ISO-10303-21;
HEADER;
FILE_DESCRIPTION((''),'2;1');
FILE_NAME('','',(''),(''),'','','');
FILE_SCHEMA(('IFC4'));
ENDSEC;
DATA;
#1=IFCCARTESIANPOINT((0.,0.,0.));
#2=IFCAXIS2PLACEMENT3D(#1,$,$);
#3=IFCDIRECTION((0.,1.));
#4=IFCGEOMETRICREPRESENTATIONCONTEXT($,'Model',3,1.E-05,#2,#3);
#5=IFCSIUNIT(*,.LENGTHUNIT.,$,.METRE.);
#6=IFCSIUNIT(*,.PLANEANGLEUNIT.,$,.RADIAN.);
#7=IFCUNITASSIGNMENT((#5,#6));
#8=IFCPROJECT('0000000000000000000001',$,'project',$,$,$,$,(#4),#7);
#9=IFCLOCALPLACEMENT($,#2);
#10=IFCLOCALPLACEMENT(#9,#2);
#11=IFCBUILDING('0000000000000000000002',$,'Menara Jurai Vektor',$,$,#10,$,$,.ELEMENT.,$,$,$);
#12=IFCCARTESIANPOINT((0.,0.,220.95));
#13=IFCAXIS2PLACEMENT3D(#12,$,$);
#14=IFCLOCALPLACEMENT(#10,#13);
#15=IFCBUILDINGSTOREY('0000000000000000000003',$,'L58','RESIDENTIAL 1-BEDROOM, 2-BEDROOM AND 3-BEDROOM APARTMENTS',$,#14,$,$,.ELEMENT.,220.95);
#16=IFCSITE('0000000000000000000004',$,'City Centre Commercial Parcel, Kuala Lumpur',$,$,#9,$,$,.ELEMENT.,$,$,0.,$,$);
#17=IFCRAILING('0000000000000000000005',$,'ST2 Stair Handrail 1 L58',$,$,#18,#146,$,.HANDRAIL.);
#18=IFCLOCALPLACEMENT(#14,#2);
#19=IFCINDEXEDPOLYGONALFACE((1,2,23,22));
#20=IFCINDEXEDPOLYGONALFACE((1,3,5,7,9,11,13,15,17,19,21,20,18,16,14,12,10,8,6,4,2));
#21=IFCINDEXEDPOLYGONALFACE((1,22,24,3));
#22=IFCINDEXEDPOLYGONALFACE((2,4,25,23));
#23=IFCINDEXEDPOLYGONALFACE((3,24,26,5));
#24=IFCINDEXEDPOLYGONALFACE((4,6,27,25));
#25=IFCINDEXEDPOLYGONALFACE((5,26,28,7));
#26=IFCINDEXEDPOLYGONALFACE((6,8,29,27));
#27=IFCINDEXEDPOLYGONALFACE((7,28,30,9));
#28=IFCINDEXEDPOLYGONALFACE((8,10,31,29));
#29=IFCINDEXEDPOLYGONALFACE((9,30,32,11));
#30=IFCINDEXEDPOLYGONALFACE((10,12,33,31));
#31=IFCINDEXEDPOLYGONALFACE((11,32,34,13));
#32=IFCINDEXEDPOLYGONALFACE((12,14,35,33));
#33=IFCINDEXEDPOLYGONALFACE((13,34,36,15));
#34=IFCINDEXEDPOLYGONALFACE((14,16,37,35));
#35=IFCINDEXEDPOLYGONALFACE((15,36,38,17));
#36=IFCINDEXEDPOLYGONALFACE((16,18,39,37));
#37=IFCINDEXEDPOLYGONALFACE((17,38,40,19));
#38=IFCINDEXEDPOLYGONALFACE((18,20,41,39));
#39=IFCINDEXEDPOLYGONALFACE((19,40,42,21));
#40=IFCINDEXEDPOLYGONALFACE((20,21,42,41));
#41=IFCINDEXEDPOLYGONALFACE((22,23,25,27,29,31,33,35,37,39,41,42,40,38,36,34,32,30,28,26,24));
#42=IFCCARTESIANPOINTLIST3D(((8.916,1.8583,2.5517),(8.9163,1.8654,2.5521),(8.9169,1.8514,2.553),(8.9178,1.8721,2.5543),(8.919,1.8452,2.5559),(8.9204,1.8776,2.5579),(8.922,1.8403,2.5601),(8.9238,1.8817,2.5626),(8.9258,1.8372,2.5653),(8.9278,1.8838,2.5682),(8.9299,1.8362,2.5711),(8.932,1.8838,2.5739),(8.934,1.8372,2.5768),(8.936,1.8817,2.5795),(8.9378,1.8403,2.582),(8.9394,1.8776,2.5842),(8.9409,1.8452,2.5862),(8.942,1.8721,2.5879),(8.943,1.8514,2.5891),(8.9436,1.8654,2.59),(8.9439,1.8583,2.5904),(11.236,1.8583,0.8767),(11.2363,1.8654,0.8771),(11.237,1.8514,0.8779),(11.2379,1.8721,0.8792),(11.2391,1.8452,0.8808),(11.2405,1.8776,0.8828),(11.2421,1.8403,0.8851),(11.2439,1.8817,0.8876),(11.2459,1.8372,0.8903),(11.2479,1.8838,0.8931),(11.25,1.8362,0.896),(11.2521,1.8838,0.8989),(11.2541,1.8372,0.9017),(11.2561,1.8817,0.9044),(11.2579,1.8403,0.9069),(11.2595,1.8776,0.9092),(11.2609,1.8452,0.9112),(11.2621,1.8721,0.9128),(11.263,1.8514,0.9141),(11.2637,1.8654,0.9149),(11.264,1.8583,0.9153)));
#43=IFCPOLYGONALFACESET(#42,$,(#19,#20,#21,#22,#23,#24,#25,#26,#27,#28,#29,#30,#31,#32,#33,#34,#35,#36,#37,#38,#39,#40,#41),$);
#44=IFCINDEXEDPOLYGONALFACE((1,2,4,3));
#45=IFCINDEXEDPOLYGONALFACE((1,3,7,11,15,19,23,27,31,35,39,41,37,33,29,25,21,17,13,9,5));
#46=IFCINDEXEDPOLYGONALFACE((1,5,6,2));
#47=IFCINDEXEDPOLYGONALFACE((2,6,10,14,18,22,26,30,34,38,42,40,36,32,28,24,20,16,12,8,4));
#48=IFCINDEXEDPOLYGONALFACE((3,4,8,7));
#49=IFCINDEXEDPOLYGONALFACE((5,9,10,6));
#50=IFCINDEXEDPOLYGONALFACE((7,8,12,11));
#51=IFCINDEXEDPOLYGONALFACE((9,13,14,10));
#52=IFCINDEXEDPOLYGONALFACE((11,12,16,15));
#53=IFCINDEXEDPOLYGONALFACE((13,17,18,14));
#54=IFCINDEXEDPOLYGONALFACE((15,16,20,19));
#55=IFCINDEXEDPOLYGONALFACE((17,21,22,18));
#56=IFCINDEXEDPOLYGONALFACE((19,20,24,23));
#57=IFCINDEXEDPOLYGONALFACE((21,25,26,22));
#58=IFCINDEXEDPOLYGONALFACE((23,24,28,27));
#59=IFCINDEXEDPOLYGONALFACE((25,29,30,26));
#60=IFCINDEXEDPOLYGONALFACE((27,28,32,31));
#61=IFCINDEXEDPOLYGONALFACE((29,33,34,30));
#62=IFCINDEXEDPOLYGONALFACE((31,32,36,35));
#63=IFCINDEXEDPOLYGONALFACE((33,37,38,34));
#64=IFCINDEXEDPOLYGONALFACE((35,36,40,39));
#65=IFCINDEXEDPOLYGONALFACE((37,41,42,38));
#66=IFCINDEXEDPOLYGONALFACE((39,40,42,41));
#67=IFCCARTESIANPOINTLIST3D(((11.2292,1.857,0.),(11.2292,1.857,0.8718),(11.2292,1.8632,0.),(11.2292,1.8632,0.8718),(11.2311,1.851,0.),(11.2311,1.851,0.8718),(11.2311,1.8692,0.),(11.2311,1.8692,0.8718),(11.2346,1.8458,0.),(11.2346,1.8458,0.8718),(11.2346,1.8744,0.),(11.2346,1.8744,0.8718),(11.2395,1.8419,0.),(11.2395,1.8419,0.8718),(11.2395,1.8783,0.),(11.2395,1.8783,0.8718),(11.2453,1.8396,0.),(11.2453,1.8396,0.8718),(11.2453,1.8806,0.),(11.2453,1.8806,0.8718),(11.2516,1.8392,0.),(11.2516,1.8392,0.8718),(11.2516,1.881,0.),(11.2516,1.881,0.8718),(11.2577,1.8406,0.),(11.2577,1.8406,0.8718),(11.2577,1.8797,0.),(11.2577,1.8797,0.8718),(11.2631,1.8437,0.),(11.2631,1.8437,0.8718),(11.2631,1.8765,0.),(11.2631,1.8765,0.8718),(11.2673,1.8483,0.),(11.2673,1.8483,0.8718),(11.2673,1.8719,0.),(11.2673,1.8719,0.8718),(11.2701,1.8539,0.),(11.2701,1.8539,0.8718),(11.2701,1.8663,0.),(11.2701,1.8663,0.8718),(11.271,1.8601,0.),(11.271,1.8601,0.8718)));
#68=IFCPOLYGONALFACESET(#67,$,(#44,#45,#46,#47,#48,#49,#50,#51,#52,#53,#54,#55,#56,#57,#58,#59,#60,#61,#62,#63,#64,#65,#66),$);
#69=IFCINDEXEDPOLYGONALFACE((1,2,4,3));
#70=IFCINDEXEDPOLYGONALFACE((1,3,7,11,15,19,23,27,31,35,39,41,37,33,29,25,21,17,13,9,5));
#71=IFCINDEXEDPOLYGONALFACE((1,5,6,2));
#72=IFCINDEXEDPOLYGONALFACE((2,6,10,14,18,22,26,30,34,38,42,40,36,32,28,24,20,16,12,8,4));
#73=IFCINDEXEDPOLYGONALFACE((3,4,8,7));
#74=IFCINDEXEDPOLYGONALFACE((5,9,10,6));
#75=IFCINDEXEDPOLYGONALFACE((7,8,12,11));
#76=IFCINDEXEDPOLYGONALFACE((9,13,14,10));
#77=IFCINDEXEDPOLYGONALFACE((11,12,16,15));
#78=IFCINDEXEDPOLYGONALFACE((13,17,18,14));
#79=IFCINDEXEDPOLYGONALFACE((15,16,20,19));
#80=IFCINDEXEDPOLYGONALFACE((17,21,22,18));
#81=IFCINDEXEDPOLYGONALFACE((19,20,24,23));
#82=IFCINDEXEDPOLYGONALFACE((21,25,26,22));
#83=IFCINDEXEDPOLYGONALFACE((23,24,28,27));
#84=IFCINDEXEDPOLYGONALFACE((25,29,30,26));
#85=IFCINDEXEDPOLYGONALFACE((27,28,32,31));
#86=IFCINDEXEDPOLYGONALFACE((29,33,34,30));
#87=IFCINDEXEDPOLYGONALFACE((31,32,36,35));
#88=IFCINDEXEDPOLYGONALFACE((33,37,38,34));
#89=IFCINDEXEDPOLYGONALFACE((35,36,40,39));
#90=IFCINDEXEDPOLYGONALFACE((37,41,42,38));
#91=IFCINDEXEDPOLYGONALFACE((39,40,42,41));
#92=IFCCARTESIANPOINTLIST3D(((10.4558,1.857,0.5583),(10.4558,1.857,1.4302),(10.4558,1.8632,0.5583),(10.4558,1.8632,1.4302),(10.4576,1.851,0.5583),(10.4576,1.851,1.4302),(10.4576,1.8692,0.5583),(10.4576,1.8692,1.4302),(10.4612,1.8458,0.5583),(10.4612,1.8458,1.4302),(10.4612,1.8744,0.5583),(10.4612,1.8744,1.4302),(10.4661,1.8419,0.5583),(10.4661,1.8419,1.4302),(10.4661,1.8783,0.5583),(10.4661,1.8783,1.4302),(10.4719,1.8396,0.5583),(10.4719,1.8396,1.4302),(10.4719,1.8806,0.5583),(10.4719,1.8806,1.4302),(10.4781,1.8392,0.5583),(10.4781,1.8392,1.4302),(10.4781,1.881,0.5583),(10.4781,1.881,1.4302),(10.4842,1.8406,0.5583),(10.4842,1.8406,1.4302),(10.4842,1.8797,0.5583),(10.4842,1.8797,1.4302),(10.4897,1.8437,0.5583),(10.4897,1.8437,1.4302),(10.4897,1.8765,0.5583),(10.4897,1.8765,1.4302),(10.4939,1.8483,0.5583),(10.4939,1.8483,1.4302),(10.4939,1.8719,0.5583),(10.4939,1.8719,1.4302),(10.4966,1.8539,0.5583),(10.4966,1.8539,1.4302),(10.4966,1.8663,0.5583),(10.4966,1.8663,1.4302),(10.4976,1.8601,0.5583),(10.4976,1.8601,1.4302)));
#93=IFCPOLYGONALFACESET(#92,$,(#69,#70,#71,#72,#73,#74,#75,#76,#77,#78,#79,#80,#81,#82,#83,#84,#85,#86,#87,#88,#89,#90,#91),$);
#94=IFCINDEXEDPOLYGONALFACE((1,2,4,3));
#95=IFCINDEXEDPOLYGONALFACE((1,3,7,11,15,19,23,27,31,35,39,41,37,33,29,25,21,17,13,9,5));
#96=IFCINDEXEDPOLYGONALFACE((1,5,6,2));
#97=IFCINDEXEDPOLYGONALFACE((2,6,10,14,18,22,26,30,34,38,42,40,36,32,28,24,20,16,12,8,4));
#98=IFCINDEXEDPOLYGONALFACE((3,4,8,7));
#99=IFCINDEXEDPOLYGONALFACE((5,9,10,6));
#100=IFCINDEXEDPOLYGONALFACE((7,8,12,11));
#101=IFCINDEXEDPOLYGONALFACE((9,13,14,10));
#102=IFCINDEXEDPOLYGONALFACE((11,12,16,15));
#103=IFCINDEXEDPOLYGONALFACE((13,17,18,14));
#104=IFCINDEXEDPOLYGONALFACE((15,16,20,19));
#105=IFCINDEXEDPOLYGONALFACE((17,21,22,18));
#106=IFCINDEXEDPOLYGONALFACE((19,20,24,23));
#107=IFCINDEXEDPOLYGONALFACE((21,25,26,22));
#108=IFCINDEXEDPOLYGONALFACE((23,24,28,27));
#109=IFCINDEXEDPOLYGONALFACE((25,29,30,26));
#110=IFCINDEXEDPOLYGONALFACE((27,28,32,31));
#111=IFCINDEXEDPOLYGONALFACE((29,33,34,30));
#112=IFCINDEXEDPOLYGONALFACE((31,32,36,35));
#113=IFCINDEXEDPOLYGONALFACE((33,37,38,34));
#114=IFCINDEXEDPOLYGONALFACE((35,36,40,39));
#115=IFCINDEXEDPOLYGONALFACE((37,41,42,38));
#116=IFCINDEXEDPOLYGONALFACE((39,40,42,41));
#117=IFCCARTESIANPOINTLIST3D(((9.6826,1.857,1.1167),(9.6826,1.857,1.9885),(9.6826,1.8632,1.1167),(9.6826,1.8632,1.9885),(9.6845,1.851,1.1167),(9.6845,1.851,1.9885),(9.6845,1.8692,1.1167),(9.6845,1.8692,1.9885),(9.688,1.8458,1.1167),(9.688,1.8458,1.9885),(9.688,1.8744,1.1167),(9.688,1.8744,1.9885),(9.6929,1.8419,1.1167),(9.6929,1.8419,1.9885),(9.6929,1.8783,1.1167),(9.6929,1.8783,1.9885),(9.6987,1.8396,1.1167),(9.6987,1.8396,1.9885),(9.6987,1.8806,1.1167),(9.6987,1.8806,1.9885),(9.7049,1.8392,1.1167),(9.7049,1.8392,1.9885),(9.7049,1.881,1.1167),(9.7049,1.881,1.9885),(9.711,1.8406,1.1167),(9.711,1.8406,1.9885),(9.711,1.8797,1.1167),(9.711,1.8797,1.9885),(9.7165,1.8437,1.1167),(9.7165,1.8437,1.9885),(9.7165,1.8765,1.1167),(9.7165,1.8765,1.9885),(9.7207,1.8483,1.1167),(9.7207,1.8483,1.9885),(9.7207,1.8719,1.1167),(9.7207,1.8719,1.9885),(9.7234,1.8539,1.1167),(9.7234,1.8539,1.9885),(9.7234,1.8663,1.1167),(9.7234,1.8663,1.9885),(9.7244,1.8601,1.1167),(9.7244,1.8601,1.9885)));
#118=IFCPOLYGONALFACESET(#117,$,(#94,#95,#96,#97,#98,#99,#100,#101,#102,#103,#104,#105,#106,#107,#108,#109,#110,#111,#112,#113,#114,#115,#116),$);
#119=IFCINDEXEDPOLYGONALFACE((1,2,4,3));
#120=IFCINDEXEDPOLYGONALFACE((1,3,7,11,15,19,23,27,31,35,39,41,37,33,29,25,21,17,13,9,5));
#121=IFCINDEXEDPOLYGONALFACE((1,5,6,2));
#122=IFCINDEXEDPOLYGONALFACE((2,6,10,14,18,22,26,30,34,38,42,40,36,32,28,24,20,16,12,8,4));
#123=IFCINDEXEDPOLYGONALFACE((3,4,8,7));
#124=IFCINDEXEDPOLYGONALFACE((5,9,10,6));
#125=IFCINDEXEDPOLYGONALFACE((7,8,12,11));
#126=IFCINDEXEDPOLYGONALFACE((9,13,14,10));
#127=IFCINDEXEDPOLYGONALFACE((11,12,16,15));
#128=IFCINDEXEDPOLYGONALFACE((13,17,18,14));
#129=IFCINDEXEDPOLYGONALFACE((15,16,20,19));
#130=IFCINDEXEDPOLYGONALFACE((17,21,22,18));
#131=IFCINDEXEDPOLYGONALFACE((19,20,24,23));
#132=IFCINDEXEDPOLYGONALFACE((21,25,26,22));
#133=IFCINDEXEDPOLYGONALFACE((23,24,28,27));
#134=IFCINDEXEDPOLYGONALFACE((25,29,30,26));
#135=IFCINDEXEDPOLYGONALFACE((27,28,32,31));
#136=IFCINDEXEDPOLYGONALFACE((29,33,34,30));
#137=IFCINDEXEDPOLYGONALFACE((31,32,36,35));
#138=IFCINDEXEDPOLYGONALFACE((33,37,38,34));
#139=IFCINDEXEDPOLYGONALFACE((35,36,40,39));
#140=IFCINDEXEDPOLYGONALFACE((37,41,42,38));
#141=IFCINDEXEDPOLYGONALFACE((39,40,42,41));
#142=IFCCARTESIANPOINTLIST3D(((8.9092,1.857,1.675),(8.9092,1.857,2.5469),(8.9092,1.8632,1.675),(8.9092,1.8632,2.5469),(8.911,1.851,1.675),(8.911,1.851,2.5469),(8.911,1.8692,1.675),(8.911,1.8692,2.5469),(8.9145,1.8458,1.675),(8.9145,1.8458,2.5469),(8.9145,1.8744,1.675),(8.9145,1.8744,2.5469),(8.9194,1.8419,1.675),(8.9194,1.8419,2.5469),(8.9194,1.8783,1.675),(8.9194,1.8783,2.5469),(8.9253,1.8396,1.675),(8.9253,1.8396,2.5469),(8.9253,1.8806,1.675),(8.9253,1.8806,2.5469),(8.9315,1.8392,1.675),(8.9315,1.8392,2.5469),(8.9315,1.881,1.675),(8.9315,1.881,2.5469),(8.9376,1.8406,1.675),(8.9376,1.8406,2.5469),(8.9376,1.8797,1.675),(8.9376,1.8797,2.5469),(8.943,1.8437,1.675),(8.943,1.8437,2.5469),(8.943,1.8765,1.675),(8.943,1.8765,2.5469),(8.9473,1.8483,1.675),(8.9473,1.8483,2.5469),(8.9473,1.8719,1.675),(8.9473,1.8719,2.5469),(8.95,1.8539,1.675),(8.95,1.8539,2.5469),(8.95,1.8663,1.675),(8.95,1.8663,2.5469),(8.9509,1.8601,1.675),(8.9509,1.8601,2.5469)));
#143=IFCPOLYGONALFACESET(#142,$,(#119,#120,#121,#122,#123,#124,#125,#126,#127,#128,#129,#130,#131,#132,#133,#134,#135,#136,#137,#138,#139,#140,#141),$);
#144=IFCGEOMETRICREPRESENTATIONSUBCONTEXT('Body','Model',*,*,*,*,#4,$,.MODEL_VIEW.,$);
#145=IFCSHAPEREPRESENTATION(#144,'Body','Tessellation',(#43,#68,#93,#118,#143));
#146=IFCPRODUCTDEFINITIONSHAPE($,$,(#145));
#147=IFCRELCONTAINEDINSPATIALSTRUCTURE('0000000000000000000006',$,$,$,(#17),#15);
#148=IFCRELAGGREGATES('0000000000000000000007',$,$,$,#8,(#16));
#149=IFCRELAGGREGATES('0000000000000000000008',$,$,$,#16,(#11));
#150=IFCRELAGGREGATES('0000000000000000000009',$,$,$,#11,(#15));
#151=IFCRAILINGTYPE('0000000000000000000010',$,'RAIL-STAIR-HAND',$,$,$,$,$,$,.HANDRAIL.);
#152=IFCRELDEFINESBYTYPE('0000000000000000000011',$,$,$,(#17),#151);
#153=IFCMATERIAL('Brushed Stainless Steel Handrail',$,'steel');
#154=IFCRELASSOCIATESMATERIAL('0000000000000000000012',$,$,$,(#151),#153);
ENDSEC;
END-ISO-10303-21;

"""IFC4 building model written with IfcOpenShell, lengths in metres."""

from ifc_helpers import new_model, si_unit, direction, frame, origin, origin_2d, place, context, subcontext, project, spatial, circle, extrude, material, type_object, element, save


model = new_model("IFC4")

# Units and contexts
model_context = context("Model", 3, precision=1e-05, world=origin(), true_north=direction((0.0, 1.0)))
body_context = subcontext(model_context, "Body", "Model", "MODEL_VIEW")
ifc_project = project(units=[si_unit("LENGTHUNIT", "METRE"), si_unit("PLANEANGLEUNIT", "RADIAN")], contexts=[model_context])

# Site, building, storey
site_placement = place(None, origin())
site = spatial("IfcSite", under=ifc_project, at=site_placement, Name="City Centre Commercial Parcel, Kuala Lumpur", CompositionType="ELEMENT", RefElevation=0.0)
building_placement = place(site_placement, origin())
building = spatial("IfcBuilding", under=site, at=building_placement, Name="Menara Jurai Vektor", CompositionType="ELEMENT")
storey_placement = place(building_placement, frame((0.0, 0.0, 220.95)))
storey = spatial("IfcBuildingStorey", under=building, at=storey_placement, Name="L58", Description="RESIDENTIAL 1-BEDROOM, 2-BEDROOM AND 3-BEDROOM APARTMENTS", CompositionType="ELEMENT", Elevation=220.95)

# Railing
ifc_material_1 = material(Name="Brushed Stainless Steel Handrail", Category="steel")
railing_type_1 = type_object("IfcRailingType", Name="RAIL-STAIR-HAND", PredefinedType="HANDRAIL", material=ifc_material_1)
railing_1_placement = place(storey_placement, frame((11.25, 1.8601, 0.0)))
element("IfcRailing", 1, at=railing_1_placement, inside=storey, type_object=railing_type_1, Name="ST2 Stair Handrail 1 L58", PredefinedType="HANDRAIL", context=body_context, shape_type="SweptSolid", body=[
    extrude(circle(Radius=0.0239, at=origin_2d()), frame((0.0, 0.0, 0.896), z_axis=(-0.810771, 0.0, 0.585363), x_axis=(0.0, -1.0, 0.0)), (0.0, 0.0, 1.0), 2.8616),
    extrude(circle(Radius=0.021, at=origin_2d()), origin(), (0.0, 0.0, 1.0), 0.8718),
    extrude(circle(Radius=0.021, at=origin_2d()), frame((-0.7734, 0.0, 0.5583)), (0.0, 0.0, 1.0), 0.8718),
    extrude(circle(Radius=0.021, at=origin_2d()), frame((-1.5466, 0.0, 1.1167)), (0.0, 0.0, 1.0), 0.8718),
    extrude(circle(Radius=0.021, at=origin_2d()), frame((-2.3201, 0.0, 1.675)), (0.0, 0.0, 1.0), 0.8718),
])

save(model, "model.ifc")
